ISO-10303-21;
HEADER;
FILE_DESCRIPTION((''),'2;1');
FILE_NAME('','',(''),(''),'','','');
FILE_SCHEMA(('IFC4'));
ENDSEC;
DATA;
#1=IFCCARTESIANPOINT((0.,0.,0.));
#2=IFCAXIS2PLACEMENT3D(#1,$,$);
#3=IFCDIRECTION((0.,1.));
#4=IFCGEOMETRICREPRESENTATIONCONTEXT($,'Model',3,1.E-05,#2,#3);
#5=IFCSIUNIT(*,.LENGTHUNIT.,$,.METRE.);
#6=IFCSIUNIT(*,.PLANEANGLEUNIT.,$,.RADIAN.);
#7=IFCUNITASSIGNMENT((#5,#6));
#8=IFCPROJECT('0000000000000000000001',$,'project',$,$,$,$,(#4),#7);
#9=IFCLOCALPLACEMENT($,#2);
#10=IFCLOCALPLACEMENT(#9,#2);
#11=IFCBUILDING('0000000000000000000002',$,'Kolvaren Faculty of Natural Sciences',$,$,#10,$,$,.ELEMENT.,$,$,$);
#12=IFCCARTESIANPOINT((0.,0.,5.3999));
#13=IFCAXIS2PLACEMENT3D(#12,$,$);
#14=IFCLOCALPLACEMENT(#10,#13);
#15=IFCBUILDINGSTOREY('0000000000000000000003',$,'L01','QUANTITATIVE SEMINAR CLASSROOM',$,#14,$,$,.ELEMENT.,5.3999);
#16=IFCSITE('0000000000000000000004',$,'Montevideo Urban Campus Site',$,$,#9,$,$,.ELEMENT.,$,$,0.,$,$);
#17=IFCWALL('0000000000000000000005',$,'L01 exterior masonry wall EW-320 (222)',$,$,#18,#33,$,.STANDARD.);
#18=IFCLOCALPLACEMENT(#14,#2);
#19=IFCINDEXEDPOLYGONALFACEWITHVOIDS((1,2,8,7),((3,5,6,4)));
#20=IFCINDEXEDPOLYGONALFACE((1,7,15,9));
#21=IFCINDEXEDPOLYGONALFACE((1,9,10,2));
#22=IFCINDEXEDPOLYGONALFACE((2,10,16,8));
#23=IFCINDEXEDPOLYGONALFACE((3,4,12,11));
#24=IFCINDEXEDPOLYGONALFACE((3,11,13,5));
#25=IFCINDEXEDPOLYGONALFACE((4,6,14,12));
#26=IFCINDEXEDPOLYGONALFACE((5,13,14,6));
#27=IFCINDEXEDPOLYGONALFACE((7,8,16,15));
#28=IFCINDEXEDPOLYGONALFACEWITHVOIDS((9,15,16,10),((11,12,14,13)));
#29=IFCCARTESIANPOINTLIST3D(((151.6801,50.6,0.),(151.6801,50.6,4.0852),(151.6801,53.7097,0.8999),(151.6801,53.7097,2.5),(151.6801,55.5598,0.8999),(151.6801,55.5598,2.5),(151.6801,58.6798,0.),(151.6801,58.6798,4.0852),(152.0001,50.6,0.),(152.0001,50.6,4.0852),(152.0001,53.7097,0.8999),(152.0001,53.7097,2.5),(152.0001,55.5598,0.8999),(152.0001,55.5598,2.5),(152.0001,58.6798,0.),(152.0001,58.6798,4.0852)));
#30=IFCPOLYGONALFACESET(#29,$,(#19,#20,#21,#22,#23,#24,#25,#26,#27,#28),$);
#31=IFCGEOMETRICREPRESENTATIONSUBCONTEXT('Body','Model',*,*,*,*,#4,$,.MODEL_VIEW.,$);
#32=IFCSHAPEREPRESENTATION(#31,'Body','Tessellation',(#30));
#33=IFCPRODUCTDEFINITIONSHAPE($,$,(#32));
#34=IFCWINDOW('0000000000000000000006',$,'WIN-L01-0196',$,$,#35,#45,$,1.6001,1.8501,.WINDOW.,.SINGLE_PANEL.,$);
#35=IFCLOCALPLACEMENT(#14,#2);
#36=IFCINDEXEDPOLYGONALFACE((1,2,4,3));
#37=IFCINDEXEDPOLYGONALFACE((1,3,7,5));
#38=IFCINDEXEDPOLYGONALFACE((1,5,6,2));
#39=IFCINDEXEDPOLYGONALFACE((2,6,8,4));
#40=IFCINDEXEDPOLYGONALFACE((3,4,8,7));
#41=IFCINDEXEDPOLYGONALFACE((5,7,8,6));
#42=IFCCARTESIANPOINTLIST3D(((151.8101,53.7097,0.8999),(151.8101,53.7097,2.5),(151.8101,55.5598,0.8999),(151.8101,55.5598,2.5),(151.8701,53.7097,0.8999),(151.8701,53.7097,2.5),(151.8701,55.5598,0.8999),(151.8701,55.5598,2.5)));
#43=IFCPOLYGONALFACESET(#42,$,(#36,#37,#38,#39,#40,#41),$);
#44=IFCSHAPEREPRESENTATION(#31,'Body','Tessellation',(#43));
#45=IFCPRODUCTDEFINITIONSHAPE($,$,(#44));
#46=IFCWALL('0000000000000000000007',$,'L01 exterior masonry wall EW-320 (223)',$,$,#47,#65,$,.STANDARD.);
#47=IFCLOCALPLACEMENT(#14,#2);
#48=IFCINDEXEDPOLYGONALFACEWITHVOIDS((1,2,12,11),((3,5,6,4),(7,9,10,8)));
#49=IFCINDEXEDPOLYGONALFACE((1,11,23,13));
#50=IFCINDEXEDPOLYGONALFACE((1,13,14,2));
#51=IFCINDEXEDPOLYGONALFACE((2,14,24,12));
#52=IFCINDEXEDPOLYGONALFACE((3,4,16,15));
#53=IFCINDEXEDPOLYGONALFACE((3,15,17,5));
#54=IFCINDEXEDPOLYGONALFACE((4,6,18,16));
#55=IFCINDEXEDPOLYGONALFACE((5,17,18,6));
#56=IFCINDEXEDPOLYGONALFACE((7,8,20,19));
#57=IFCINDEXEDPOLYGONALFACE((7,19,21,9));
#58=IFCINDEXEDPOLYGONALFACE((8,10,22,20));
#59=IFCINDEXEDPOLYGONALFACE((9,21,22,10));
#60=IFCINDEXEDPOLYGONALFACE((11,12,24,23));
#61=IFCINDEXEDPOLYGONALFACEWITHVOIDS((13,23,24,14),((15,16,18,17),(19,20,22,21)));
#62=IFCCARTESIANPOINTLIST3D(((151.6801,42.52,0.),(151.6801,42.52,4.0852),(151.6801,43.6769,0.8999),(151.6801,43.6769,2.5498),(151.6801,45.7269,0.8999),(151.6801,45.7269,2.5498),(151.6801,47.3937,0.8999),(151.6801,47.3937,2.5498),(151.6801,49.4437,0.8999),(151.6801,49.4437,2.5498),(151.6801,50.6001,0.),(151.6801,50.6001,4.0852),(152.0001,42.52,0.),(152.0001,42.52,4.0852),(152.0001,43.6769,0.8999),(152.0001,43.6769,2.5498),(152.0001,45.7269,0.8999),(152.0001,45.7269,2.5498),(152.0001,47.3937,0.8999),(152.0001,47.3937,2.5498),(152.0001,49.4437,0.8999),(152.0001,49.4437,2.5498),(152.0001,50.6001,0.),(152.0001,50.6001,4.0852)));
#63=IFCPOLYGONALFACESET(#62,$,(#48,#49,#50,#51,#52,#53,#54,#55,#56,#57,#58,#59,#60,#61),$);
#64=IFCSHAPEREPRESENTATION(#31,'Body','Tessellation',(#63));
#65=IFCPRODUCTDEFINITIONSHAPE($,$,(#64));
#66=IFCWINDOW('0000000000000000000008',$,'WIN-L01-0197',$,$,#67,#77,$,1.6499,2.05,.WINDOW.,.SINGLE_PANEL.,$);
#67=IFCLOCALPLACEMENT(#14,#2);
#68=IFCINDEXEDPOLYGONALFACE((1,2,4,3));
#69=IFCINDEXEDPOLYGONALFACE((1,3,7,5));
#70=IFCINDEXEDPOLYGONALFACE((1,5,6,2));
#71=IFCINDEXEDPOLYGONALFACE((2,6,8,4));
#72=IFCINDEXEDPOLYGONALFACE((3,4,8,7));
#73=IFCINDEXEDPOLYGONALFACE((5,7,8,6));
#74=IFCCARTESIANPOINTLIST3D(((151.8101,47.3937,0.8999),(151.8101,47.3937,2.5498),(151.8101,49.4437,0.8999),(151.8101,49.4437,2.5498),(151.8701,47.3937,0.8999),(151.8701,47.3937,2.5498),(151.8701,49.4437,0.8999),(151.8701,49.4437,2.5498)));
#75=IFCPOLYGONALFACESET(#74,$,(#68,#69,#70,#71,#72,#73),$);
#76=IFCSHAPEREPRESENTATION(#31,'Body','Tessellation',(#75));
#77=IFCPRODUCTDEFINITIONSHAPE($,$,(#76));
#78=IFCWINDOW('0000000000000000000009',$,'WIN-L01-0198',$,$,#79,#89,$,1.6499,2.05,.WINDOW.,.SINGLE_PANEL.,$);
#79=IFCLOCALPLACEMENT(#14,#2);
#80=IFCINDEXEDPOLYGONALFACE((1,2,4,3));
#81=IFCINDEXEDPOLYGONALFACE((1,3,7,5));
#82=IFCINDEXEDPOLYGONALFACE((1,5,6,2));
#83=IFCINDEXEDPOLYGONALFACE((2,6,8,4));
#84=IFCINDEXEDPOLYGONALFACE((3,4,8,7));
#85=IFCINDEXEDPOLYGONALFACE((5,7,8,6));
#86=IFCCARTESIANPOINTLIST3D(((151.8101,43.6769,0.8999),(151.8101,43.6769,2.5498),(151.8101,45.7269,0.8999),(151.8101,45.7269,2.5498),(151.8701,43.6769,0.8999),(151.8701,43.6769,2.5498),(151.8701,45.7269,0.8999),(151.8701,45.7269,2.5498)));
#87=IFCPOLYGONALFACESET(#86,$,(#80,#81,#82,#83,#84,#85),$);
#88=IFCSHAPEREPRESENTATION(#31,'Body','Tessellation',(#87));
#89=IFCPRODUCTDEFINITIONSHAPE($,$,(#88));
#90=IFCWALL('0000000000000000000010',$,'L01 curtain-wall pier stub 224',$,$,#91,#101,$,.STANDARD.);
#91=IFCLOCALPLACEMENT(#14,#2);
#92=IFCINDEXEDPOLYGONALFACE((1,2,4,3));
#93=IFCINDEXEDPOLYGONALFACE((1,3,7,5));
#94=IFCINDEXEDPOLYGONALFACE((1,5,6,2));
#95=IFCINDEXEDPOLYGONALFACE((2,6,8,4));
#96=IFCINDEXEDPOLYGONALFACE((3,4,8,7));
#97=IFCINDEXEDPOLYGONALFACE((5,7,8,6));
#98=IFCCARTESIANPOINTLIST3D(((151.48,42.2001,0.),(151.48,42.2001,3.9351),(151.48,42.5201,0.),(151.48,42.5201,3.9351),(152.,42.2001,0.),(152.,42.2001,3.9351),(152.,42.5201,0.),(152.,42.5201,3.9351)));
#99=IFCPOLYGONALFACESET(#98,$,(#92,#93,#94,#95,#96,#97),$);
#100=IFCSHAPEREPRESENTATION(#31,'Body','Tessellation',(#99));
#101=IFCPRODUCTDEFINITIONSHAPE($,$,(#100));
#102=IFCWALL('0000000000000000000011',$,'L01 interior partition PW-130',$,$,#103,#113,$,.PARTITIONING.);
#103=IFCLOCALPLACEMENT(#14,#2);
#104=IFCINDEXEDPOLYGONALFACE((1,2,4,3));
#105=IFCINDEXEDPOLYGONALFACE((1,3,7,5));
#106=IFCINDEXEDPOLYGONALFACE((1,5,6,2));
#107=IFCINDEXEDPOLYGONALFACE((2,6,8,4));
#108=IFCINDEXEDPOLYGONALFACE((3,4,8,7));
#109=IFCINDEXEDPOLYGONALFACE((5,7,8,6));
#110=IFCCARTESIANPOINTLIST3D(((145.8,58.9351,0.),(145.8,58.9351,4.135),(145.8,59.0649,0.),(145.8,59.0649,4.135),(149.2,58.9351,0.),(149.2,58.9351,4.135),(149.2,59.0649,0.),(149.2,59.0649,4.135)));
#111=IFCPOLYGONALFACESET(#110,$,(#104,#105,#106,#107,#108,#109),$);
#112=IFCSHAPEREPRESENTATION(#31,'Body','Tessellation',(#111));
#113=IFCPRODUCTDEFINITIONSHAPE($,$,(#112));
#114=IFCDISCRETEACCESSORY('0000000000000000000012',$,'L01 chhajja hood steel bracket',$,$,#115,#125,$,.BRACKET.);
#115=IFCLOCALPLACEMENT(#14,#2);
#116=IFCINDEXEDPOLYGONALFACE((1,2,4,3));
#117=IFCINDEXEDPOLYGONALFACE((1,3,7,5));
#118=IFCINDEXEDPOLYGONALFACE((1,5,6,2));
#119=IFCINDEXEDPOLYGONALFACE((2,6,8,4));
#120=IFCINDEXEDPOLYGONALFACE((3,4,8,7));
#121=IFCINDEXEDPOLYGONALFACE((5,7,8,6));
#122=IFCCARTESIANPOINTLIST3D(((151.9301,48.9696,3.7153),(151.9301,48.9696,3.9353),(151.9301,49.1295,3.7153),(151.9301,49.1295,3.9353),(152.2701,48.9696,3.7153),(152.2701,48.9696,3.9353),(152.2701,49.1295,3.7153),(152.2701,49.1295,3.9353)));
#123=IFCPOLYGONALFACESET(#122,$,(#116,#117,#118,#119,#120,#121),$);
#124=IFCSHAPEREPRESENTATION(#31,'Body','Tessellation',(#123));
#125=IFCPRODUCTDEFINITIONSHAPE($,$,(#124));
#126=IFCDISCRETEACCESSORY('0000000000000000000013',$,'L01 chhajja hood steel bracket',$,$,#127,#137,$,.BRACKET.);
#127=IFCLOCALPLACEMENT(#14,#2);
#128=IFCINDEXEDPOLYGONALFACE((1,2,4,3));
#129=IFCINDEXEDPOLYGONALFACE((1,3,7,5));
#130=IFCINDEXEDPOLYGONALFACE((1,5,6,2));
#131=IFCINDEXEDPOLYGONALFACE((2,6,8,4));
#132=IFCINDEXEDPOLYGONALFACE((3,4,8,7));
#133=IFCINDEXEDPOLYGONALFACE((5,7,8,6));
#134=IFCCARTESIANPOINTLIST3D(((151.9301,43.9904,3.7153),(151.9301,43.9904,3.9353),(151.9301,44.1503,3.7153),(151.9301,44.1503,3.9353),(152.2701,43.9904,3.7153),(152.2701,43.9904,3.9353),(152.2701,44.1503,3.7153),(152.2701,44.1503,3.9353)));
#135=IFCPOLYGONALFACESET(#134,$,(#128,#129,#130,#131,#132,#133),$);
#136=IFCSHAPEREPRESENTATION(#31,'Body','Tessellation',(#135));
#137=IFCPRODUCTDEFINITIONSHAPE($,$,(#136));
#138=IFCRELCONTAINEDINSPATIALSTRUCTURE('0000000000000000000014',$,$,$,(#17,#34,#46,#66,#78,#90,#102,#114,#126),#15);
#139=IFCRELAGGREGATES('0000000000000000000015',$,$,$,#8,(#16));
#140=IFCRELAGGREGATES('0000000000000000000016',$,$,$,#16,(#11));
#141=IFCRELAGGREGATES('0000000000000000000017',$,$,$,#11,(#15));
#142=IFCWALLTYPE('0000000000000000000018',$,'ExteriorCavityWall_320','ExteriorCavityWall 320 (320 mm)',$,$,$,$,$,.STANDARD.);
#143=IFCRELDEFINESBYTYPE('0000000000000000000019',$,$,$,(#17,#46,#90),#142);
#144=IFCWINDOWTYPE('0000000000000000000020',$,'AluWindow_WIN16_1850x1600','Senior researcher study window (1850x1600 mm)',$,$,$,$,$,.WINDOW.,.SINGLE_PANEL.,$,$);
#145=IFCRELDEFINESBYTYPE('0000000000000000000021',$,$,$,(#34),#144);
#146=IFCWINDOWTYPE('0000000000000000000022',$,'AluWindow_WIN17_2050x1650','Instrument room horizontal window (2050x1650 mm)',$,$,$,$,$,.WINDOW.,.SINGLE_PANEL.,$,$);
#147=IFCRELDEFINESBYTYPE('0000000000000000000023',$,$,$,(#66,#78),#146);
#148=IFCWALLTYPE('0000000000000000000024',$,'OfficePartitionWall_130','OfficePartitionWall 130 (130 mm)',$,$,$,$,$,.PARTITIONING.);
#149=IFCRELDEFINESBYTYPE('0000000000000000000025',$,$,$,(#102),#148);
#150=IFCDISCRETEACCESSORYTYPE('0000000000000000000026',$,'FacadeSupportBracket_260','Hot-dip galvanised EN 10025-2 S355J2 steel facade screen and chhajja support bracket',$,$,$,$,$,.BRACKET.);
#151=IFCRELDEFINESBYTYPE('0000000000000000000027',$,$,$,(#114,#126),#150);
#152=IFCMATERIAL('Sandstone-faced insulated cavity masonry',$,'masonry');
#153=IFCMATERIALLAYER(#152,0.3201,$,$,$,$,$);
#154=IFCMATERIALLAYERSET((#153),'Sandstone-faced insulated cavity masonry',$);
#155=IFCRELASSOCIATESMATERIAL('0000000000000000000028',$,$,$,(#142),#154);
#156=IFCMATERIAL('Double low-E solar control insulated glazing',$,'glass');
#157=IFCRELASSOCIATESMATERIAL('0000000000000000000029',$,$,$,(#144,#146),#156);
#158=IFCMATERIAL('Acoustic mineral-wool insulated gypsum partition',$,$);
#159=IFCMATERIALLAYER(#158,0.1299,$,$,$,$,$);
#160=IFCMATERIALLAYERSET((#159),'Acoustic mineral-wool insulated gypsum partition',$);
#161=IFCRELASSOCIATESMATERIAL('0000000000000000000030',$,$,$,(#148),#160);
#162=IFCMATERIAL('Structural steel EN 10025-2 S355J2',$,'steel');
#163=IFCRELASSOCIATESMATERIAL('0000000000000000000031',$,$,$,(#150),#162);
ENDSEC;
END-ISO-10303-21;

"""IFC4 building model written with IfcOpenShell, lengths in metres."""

from ifc_helpers import new_model, si_unit, direction, frame, frame_2d, origin, origin_2d, place, context, subcontext, project, spatial, rectangle, extrude, material, layer, layer_set, type_object, element, fill, save


model = new_model("IFC4")

# Units and contexts
model_context = context("Model", 3, precision=1e-05, world=origin(), true_north=direction((0.0, 1.0)))
body_context = subcontext(model_context, "Body", "Model", "MODEL_VIEW")
ifc_project = project(units=[si_unit("LENGTHUNIT", "METRE"), si_unit("PLANEANGLEUNIT", "RADIAN")], contexts=[model_context])

# Site, building, storey
site_placement = place(None, origin())
site = spatial("IfcSite", under=ifc_project, at=site_placement, Name="Montevideo Urban Campus Site", CompositionType="ELEMENT", RefElevation=0.0)
building_placement = place(site_placement, origin())
building = spatial("IfcBuilding", under=site, at=building_placement, Name="Kolvaren Faculty of Natural Sciences", CompositionType="ELEMENT")
storey_placement = place(building_placement, frame((0.0, 0.0, 5.3999)))
storey = spatial("IfcBuildingStorey", under=building, at=storey_placement, Name="L01", Description="QUANTITATIVE SEMINAR CLASSROOM", CompositionType="ELEMENT", Elevation=5.3999)

# Shared definitions
ifc_material_1 = material(Name="Double low-E solar control insulated glazing", Category="glass")

# Wall, opening, window
ifc_material_2 = material(Name="Sandstone-faced insulated cavity masonry", Category="masonry")
ifc_layer_1 = layer(ifc_material_2, 0.3201)
ifc_layer_set_1 = layer_set([ifc_layer_1], Name="Sandstone-faced insulated cavity masonry")
wall_type_1 = type_object("IfcWallType", Name="ExteriorCavityWall_320", Description="ExteriorCavityWall 320 (320 mm)", PredefinedType="STANDARD", material=ifc_layer_set_1)
wall_1_placement = place(storey_placement, frame((151.8401, 58.6799, 0.0), z_axis=(0.0, 0.0, 1.0), x_axis=(0.0, -1.0, 0.0)))
wall_1 = element("IfcWall", 1, at=wall_1_placement, inside=storey, type_object=wall_type_1, Name="L01 exterior masonry wall EW-320 (222)", PredefinedType="STANDARD", context=body_context, shape_type="SweptSolid", body=[
    extrude(rectangle(XDim=8.0798, YDim=0.3201, at=frame_2d((4.04, 0.0))), origin(), (0.0, 0.0, 1.0), 4.0852),
])
opening_1_placement = place(wall_1_placement, frame((3.1201, 0.0, 0.8999)))
opening_1 = element("IfcOpeningElement", 2, at=opening_1_placement, cuts=wall_1, PredefinedType="OPENING", context=body_context, shape_type="SweptSolid", body=[
    extrude(rectangle(XDim=1.8501, YDim=1.6001, at=frame_2d((0.925, 0.8))), frame((0.0, 0.1699, 0.0), z_axis=(0.0, -1.0, 0.0), x_axis=(1.0, 0.0, 0.0)), (0.0, 0.0, 1.0), 0.3401),
])
window_type_1 = type_object("IfcWindowType", Name="AluWindow_WIN16_1850x1600", Description="Senior researcher study window (1850x1600 mm)", PartitioningType="SINGLE_PANEL", PredefinedType="WINDOW", material=ifc_material_1)
window_1_placement = place(opening_1_placement, origin())
window_1 = element("IfcWindow", 3, at=window_1_placement, inside=storey, type_object=window_type_1, Name="WIN-L01-0196", OverallHeight=1.6001, OverallWidth=1.8501, PartitioningType="SINGLE_PANEL", PredefinedType="WINDOW", context=body_context, shape_type="SweptSolid", body=[
    extrude(rectangle(XDim=1.8501, YDim=1.6001, at=frame_2d((0.925, 0.8))), frame((0.0, 0.03, 0.0), z_axis=(0.0, -1.0, 0.0), x_axis=(1.0, 0.0, 0.0)), (0.0, 0.0, 1.0), 0.0601),
])
fill(opening_1, window_1)

# Wall, openings, windows
wall_2_placement = place(storey_placement, frame((151.8401, 50.6001, 0.0), z_axis=(0.0, 0.0, 1.0), x_axis=(0.0, -1.0, 0.0)))
wall_2 = element("IfcWall", 4, at=wall_2_placement, inside=storey, type_object=wall_type_1, Name="L01 exterior masonry wall EW-320 (223)", PredefinedType="STANDARD", context=body_context, shape_type="SweptSolid", body=[
    extrude(rectangle(XDim=8.0801, YDim=0.3201, at=frame_2d((4.04, 0.0))), origin(), (0.0, 0.0, 1.0), 4.0852),
])
opening_2_placement = place(wall_2_placement, frame((1.1565, 0.0, 0.8999)))
opening_2 = element("IfcOpeningElement", 5, at=opening_2_placement, cuts=wall_2, PredefinedType="OPENING", context=body_context, shape_type="SweptSolid", body=[
    extrude(rectangle(XDim=2.05, YDim=1.6499, at=frame_2d((1.0249, 0.825))), frame((0.0, 0.1699, 0.0), z_axis=(0.0, -1.0, 0.0), x_axis=(1.0, 0.0, 0.0)), (0.0, 0.0, 1.0), 0.3401),
])
opening_3_placement = place(wall_2_placement, frame((4.8733, 0.0, 0.8999)))
opening_3 = element("IfcOpeningElement", 6, at=opening_3_placement, cuts=wall_2, PredefinedType="OPENING", context=body_context, shape_type="SweptSolid", body=[
    extrude(rectangle(XDim=2.05, YDim=1.6499, at=frame_2d((1.0249, 0.825))), frame((0.0, 0.1699, 0.0), z_axis=(0.0, -1.0, 0.0), x_axis=(1.0, 0.0, 0.0)), (0.0, 0.0, 1.0), 0.3401),
])
window_type_2 = type_object("IfcWindowType", Name="AluWindow_WIN17_2050x1650", Description="Instrument room horizontal window (2050x1650 mm)", PartitioningType="SINGLE_PANEL", PredefinedType="WINDOW", material=ifc_material_1)
window_2_placement = place(opening_2_placement, origin())
window_2 = element("IfcWindow", 7, at=window_2_placement, inside=storey, type_object=window_type_2, Name="WIN-L01-0197", OverallHeight=1.6499, OverallWidth=2.05, PartitioningType="SINGLE_PANEL", PredefinedType="WINDOW", context=body_context, shape_type="SweptSolid", body=[
    extrude(rectangle(XDim=2.05, YDim=1.6499, at=frame_2d((1.0249, 0.825))), frame((0.0, 0.03, 0.0), z_axis=(0.0, -1.0, 0.0), x_axis=(1.0, 0.0, 0.0)), (0.0, 0.0, 1.0), 0.0601),
])
fill(opening_2, window_2)
window_3_placement = place(opening_3_placement, origin())
window_3 = element("IfcWindow", 8, at=window_3_placement, inside=storey, type_object=window_type_2, Name="WIN-L01-0198", OverallHeight=1.6499, OverallWidth=2.05, PartitioningType="SINGLE_PANEL", PredefinedType="WINDOW", context=body_context, shape_type="SweptSolid", body=[
    extrude(rectangle(XDim=2.05, YDim=1.6499, at=frame_2d((1.0249, 0.825))), frame((0.0, 0.03, 0.0), z_axis=(0.0, -1.0, 0.0), x_axis=(1.0, 0.0, 0.0)), (0.0, 0.0, 1.0), 0.0601),
])
fill(opening_3, window_3)

# Walls
wall_3_placement = place(storey_placement, frame((152.0, 42.3601, 0.0), z_axis=(0.0, 0.0, 1.0), x_axis=(-1.0, 0.0, 0.0)))
element("IfcWall", 9, at=wall_3_placement, inside=storey, type_object=wall_type_1, Name="L01 curtain-wall pier stub 224", PredefinedType="STANDARD", context=body_context, shape_type="SweptSolid", body=[
    extrude(rectangle(XDim=0.52, YDim=0.3201, at=frame_2d((0.26, 0.0))), origin(), (0.0, 0.0, 1.0), 3.9351),
])
ifc_material_3 = material(Name="Acoustic mineral-wool insulated gypsum partition")
ifc_layer_2 = layer(ifc_material_3, 0.1299)
ifc_layer_set_2 = layer_set([ifc_layer_2], Name="Acoustic mineral-wool insulated gypsum partition")
wall_type_2 = type_object("IfcWallType", Name="OfficePartitionWall_130", Description="OfficePartitionWall 130 (130 mm)", PredefinedType="PARTITIONING", material=ifc_layer_set_2)
wall_4_placement = place(storey_placement, frame((149.2, 59.0, 0.0), z_axis=(0.0, 0.0, 1.0), x_axis=(-1.0, 0.0, 0.0)))
element("IfcWall", 10, at=wall_4_placement, inside=storey, type_object=wall_type_2, Name="L01 interior partition PW-130", PredefinedType="PARTITIONING", context=body_context, shape_type="SweptSolid", body=[
    extrude(rectangle(XDim=3.3999, YDim=0.1299, at=frame_2d((1.7, 0.0))), origin(), (0.0, 0.0, 1.0), 4.135),
])

# Discrete accessories
ifc_material_4 = material(Name="Structural steel EN 10025-2 S355J2", Category="steel")
discrete_accessory_type = type_object("IfcDiscreteAccessoryType", Name="FacadeSupportBracket_260", Description="Hot-dip galvanised EN 10025-2 S355J2 steel facade screen and chhajja support bracket", PredefinedType="BRACKET", material=ifc_material_4)
for number, where, z_axis, x_axis, name in (
    (11, (152.1001, 49.0496, 3.7153), (0.0, 0.0, 1.0), (0.0, -1.0, 0.0), "L01 chhajja hood steel bracket"),
    (12, (152.1001, 44.0703, 3.7153), (0.0, 0.0, 1.0), (0.0, -1.0, 0.0), "L01 chhajja hood steel bracket"),
):
    element("IfcDiscreteAccessory", number, at=place(storey_placement, frame(where, z_axis=z_axis, x_axis=x_axis)), inside=storey, type_object=discrete_accessory_type, Name=name, PredefinedType="BRACKET", context=body_context, shape_type="SweptSolid", body=[
        extrude(rectangle(XDim=0.1599, YDim=0.3401, at=origin_2d()), origin(), (0.0, 0.0, 1.0), 0.22),
    ])

save(model, "model.ifc")
